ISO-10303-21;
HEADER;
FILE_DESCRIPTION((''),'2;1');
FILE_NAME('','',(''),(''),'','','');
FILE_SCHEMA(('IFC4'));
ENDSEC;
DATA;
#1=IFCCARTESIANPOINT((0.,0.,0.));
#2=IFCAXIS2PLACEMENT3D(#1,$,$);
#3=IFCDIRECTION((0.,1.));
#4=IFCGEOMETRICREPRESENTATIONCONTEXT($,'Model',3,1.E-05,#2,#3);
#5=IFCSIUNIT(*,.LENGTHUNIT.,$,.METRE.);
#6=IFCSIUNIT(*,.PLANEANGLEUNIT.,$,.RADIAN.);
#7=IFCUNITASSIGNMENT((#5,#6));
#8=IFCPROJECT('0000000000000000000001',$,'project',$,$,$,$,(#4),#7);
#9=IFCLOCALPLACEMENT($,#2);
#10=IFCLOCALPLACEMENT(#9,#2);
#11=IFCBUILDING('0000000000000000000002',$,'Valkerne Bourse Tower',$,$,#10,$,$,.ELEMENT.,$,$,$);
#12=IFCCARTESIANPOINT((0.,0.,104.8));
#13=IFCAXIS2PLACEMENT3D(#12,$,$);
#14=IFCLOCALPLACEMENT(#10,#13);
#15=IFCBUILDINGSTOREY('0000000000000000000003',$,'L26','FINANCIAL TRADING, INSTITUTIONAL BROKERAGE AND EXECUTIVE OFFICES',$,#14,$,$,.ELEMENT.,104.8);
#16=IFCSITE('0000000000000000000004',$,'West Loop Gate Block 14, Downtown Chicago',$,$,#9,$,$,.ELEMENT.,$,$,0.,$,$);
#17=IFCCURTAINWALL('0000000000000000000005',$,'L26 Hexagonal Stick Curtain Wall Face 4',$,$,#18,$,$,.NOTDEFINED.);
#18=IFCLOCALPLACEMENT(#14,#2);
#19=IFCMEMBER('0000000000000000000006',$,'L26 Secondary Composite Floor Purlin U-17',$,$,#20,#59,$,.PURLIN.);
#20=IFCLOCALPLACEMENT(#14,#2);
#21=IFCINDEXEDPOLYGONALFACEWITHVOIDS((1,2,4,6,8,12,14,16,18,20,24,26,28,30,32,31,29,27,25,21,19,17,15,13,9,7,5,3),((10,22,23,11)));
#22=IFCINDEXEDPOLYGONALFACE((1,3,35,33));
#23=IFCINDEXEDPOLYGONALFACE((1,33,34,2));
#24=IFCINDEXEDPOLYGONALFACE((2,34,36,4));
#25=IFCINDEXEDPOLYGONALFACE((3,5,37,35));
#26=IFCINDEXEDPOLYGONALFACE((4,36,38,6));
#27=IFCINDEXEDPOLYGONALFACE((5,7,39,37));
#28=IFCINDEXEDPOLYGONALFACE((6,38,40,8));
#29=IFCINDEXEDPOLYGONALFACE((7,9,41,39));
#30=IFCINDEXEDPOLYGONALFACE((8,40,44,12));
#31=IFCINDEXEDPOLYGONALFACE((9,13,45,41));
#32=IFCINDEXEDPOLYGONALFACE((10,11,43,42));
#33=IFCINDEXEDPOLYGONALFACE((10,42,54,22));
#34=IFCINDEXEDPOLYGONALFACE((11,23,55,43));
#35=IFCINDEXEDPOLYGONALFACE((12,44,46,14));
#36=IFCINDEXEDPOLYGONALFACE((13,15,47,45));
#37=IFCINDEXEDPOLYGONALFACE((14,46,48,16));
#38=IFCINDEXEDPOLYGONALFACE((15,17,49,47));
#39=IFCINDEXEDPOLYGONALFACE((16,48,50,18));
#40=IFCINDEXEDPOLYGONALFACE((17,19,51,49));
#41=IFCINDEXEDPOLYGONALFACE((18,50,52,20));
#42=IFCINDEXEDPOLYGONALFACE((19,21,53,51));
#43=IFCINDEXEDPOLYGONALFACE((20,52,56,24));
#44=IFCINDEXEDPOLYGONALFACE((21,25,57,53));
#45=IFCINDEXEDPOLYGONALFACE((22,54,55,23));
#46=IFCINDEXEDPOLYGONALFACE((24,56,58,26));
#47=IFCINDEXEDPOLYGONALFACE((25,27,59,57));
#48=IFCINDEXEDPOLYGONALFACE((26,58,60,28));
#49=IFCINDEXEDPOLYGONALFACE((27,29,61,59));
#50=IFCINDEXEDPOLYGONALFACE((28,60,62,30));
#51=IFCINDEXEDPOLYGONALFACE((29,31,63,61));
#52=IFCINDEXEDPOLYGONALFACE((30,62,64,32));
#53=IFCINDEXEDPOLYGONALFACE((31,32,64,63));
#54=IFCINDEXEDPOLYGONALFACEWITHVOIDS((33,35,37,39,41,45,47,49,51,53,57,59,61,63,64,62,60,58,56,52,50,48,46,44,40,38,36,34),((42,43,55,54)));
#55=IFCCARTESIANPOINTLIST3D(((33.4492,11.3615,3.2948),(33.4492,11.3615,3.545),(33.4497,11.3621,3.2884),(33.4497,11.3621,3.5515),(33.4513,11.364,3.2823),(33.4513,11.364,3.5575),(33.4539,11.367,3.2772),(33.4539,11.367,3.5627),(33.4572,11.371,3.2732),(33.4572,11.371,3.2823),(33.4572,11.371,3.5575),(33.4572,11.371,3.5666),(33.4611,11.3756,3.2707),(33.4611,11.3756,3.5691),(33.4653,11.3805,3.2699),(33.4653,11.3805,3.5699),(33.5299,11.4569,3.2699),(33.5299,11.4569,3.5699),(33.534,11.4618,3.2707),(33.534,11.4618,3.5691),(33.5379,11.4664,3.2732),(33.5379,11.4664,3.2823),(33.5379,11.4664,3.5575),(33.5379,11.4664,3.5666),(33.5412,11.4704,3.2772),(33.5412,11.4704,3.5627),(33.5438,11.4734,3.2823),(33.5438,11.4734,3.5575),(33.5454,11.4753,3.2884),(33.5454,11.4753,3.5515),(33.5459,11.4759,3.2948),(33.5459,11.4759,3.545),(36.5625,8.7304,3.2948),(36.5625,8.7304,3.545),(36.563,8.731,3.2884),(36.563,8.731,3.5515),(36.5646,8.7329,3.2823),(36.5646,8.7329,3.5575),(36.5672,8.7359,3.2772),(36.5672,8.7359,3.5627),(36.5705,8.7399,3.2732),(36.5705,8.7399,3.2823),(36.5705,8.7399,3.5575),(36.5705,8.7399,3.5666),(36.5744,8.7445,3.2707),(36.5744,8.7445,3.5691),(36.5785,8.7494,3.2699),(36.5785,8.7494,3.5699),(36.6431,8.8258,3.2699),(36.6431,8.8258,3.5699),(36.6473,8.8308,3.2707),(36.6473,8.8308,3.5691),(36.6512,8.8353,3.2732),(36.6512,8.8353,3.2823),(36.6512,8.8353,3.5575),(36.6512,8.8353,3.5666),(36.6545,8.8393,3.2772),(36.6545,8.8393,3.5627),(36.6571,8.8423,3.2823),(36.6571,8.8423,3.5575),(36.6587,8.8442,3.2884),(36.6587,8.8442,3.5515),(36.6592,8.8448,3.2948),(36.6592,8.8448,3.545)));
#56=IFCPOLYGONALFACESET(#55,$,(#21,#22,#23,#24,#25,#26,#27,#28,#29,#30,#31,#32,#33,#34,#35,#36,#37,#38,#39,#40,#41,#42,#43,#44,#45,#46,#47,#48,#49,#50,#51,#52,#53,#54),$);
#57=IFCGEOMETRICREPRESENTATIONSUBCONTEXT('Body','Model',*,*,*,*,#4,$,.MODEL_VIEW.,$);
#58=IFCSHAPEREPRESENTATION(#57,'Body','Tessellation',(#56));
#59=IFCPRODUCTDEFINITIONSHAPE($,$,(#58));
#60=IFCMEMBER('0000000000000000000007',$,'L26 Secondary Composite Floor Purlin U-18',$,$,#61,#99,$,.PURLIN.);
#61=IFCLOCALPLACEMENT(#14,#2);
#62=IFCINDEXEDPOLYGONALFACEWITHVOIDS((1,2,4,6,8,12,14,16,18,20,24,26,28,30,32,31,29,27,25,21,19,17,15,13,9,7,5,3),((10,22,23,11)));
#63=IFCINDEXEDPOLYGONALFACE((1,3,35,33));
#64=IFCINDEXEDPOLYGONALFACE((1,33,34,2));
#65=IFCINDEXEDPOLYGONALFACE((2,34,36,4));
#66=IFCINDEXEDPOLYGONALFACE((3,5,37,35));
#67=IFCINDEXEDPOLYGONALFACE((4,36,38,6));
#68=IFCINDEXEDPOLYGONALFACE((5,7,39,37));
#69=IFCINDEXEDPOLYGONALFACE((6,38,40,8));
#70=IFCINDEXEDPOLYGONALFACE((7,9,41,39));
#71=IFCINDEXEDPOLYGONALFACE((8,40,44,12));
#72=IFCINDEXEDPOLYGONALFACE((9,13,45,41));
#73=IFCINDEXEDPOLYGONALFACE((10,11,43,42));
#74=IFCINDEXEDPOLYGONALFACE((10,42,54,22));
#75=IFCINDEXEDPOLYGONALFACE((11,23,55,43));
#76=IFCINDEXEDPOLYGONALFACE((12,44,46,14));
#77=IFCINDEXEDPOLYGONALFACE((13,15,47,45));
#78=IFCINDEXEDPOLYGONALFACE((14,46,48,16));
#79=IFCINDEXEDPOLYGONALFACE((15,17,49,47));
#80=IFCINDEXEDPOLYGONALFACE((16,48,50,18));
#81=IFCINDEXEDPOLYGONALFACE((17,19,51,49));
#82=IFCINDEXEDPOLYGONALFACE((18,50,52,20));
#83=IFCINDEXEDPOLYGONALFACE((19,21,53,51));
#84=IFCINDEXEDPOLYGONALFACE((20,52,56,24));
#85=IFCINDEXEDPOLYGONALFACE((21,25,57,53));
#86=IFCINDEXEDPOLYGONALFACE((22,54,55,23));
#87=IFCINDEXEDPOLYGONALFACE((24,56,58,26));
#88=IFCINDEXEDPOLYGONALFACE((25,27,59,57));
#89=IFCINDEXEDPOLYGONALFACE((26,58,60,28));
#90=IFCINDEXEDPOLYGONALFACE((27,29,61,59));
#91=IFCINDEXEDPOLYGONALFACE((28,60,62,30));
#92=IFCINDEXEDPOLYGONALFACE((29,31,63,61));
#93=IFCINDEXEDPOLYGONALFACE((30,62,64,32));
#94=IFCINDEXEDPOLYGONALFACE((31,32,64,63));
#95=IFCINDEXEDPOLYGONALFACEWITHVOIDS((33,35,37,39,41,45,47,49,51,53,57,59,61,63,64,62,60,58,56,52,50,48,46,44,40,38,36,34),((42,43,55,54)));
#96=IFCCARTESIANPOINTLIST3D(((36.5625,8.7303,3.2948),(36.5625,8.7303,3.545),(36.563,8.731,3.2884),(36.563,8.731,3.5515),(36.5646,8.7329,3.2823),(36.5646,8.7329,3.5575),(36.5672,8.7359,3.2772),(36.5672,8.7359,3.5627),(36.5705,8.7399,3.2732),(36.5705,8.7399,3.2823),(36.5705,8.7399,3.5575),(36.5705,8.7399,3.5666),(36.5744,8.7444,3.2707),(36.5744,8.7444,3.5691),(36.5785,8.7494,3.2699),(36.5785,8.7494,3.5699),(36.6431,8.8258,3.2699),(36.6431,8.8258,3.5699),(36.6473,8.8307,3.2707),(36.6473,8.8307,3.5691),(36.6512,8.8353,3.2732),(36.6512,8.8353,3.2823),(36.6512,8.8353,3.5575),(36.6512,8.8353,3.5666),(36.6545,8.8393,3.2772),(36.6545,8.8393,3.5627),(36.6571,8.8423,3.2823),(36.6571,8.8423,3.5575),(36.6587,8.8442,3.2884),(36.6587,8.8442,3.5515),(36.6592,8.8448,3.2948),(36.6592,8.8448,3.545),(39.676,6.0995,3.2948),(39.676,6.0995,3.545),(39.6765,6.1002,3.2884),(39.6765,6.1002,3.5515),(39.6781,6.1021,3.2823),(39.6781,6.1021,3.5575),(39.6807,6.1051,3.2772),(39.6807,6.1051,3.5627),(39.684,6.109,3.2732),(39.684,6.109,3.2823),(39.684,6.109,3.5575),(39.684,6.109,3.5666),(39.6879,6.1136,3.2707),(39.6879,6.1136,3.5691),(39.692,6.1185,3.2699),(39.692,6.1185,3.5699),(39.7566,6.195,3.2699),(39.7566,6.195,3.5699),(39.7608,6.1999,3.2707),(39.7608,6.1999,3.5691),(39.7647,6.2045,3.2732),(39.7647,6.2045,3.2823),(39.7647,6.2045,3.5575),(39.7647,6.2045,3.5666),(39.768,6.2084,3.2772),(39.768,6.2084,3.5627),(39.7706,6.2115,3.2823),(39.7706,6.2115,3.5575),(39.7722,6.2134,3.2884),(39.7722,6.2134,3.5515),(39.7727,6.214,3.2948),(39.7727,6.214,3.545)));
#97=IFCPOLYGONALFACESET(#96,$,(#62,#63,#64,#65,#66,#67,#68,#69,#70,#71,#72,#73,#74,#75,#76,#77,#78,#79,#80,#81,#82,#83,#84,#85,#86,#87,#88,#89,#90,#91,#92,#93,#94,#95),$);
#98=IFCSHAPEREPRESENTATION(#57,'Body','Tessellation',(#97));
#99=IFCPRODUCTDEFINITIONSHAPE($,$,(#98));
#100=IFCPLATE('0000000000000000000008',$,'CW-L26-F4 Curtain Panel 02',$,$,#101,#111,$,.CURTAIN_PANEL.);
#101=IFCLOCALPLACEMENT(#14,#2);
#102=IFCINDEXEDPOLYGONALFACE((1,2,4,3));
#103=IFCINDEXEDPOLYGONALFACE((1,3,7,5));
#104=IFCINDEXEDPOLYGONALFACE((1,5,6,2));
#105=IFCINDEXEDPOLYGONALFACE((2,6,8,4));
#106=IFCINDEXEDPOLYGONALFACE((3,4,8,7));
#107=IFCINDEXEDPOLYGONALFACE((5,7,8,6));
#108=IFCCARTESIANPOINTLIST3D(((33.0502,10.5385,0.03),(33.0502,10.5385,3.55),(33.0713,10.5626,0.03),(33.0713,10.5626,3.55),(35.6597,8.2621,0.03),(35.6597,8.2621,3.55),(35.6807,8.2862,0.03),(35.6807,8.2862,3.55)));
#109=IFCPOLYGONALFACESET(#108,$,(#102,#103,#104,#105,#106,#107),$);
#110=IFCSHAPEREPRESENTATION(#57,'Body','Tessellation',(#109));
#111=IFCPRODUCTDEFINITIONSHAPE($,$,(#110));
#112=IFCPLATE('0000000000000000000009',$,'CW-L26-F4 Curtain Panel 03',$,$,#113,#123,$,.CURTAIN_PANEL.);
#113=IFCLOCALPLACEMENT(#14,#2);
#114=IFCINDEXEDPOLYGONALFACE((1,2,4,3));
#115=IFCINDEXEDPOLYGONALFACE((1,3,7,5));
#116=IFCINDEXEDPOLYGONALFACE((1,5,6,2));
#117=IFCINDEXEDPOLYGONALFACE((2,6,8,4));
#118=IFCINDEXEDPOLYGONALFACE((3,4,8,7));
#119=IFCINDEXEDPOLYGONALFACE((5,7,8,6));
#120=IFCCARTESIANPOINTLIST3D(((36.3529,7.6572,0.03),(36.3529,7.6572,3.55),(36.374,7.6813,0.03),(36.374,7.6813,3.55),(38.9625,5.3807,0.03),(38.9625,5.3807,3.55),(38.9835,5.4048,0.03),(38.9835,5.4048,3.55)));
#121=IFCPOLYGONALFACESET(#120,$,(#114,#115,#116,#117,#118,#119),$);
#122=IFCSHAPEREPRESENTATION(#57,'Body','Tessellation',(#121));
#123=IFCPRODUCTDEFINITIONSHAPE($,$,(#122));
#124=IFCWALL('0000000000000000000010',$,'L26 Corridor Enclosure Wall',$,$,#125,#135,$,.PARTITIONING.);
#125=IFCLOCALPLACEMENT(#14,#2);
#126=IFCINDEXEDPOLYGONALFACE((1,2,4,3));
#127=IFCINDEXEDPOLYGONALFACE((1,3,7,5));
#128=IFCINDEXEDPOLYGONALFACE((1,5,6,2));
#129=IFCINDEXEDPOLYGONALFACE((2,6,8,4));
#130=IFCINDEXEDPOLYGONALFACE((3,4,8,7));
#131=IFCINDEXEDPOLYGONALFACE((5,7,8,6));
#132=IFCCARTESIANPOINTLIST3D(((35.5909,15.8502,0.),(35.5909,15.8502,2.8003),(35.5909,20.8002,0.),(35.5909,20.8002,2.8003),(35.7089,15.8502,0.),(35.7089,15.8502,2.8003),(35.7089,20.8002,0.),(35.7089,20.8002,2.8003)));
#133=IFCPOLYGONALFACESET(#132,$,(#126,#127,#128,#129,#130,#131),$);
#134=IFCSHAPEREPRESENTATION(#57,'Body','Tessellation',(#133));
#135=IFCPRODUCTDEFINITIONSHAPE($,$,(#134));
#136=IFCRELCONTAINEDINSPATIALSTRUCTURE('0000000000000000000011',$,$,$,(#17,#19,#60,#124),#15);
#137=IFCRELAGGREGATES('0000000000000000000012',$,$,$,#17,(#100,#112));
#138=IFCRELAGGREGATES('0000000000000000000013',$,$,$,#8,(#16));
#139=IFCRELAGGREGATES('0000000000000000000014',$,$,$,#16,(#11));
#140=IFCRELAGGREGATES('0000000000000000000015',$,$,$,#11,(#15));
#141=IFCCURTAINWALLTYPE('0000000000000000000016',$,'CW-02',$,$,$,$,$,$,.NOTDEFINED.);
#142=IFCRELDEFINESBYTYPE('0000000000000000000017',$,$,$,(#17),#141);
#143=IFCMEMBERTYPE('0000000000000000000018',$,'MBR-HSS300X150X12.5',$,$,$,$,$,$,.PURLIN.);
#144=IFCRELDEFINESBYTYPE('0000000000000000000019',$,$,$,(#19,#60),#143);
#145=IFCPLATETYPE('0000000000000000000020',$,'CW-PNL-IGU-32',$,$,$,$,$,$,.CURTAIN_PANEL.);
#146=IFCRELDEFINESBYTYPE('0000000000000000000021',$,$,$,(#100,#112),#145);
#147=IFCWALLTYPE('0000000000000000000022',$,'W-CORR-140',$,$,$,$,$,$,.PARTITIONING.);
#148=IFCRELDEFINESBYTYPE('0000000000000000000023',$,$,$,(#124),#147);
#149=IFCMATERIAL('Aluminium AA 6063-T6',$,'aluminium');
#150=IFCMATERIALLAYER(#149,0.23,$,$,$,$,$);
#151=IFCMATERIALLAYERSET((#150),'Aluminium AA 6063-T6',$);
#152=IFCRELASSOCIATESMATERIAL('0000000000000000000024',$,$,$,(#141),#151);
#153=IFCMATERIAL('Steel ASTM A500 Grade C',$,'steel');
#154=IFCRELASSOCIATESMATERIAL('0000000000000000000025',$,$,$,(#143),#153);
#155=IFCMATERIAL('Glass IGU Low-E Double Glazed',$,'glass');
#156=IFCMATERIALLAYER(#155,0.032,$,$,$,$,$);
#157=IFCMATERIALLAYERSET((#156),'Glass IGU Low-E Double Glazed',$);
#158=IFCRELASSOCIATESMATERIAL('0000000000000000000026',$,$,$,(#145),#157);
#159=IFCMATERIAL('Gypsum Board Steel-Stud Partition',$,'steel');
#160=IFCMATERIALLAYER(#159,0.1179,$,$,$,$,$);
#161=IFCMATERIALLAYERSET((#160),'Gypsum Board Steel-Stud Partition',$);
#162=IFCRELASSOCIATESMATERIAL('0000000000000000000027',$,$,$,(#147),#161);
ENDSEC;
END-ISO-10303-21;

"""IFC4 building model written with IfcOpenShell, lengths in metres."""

from ifc_helpers import new_model, si_unit, direction, frame, frame_2d, origin, origin_2d, place, context, subcontext, project, spatial, rectangle, hollow_rectangle, extrude, material, layer, layer_set, material_profile, profile_set, type_object, element, aggregate, save


model = new_model("IFC4")

# Units and contexts
model_context = context("Model", 3, precision=1e-05, world=origin(), true_north=direction((0.0, 1.0)))
body_context = subcontext(model_context, "Body", "Model", "MODEL_VIEW")
ifc_project = project(units=[si_unit("LENGTHUNIT", "METRE"), si_unit("PLANEANGLEUNIT", "RADIAN")], contexts=[model_context])

# Site, building, storey
site_placement = place(None, origin())
site = spatial("IfcSite", under=ifc_project, at=site_placement, Name="West Loop Gate Block 14, Downtown Chicago", CompositionType="ELEMENT", RefElevation=0.0)
building_placement = place(site_placement, origin())
building = spatial("IfcBuilding", under=site, at=building_placement, Name="Valkerne Bourse Tower", CompositionType="ELEMENT")
storey_placement = place(building_placement, frame((0.0, 0.0, 104.8)))
storey = spatial("IfcBuildingStorey", under=building, at=storey_placement, Name="L26", Description="FINANCIAL TRADING, INSTITUTIONAL BROKERAGE AND EXECUTIVE OFFICES", CompositionType="ELEMENT", Elevation=104.8)

# Curtain wall
ifc_material_1 = material(Name="Aluminium AA 6063-T6", Category="aluminium")
ifc_layer_1 = layer(ifc_material_1, 0.23)
ifc_layer_set_1 = layer_set([ifc_layer_1], Name="Aluminium AA 6063-T6")
curtain_wall_type = type_object("IfcCurtainWallType", Name="CW-02", PredefinedType="NOTDEFINED", material=ifc_layer_set_1)
curtain_wall_placement = place(storey_placement, origin())
curtain_wall = element("IfcCurtainWall", 1, at=curtain_wall_placement, inside=storey, type_object=curtain_wall_type, Name="L26 Hexagonal Stick Curtain Wall Face 4", PredefinedType="NOTDEFINED")

# Members
ifc_material_2 = material(Name="Steel ASTM A500 Grade C", Category="steel")
ifc_material_profile_1 = material_profile(ifc_material_2, hollow_rectangle(XDim=0.1499, YDim=0.3, WallThickness=0.0125, OuterFilletRadius=0.0249, at=origin_2d()), Name="HSS300X150X12.5")
ifc_profile_set_1 = profile_set([ifc_material_profile_1], Name="Steel ASTM A500 Grade C")
member_type_1 = type_object("IfcMemberType", Name="MBR-HSS300X150X12.5", PredefinedType="PURLIN", material=ifc_profile_set_1)
for number, where, z_axis, x_axis, name in (
    (2, (33.4976, 11.4187, 3.4199), (0.763775, -0.645483, 0.0), (0.645483, 0.763775, 0.0), "L26 Secondary Composite Floor Purlin U-17"),
    (3, (36.6108, 8.7876, 3.4199), (0.763829, -0.645419, 0.0), (0.645419, 0.763829, 0.0), "L26 Secondary Composite Floor Purlin U-18"),
):
    element("IfcMember", number, at=place(storey_placement, frame(where, z_axis=z_axis, x_axis=x_axis)), inside=storey, type_object=member_type_1, Name=name, PredefinedType="PURLIN", context=body_context, shape_type="SweptSolid", body=[
        extrude(hollow_rectangle(XDim=0.1499, YDim=0.3, WallThickness=0.0125, OuterFilletRadius=0.0249, at=origin_2d()), origin(), (0.0, 0.0, 1.0), 4.0762),
    ])

# Plates
ifc_material_3 = material(Name="Glass IGU Low-E Double Glazed", Category="glass")
ifc_layer_2 = layer(ifc_material_3, 0.032)
ifc_layer_set_2 = layer_set([ifc_layer_2], Name="Glass IGU Low-E Double Glazed")
plate_type = type_object("IfcPlateType", Name="CW-PNL-IGU-32", PredefinedType="CURTAIN_PANEL", material=ifc_layer_set_2)
plate_1_placement = place(storey_placement, frame((34.3655, 9.4124, 0.03), z_axis=(0.0, 0.0, 1.0), x_axis=(0.753554, -0.657386, 0.0)))
plate_1 = element("IfcPlate", 4, at=plate_1_placement, type_object=plate_type, Name="CW-L26-F4 Curtain Panel 02", PredefinedType="CURTAIN_PANEL", context=body_context, shape_type="SweptSolid", body=[
    extrude(rectangle(XDim=3.4629, YDim=0.032, at=origin_2d()), origin(), (0.0, 0.0, 1.0), 3.52),
])
plate_2_placement = place(storey_placement, frame((37.6682, 6.531, 0.03), z_axis=(0.0, 0.0, 1.0), x_axis=(0.753564, -0.657375, 0.0)))
plate_2 = element("IfcPlate", 5, at=plate_2_placement, type_object=plate_type, Name="CW-L26-F4 Curtain Panel 03", PredefinedType="CURTAIN_PANEL", context=body_context, shape_type="SweptSolid", body=[
    extrude(rectangle(XDim=3.4629, YDim=0.032, at=origin_2d()), origin(), (0.0, 0.0, 1.0), 3.52),
])
aggregate(curtain_wall, [plate_1, plate_2])

# Wall
ifc_material_4 = material(Name="Gypsum Board Steel-Stud Partition", Category="steel")
ifc_layer_3 = layer(ifc_material_4, 0.1179)
ifc_layer_set_3 = layer_set([ifc_layer_3], Name="Gypsum Board Steel-Stud Partition")
wall_type = type_object("IfcWallType", Name="W-CORR-140", PredefinedType="PARTITIONING", material=ifc_layer_set_3)
wall_placement = place(storey_placement, frame((35.6499, 15.8501, 0.0), z_axis=(0.0, 0.0, 1.0), x_axis=(0.0, 1.0, 0.0)))
element("IfcWall", 6, at=wall_placement, inside=storey, type_object=wall_type, Name="L26 Corridor Enclosure Wall", PredefinedType="PARTITIONING", context=body_context, shape_type="SweptSolid", body=[
    extrude(rectangle(XDim=4.95, YDim=0.1179, at=frame_2d((2.4751, 0.0))), origin(), (0.0, 0.0, 1.0), 2.8003),
])

save(model, "model.ifc")
